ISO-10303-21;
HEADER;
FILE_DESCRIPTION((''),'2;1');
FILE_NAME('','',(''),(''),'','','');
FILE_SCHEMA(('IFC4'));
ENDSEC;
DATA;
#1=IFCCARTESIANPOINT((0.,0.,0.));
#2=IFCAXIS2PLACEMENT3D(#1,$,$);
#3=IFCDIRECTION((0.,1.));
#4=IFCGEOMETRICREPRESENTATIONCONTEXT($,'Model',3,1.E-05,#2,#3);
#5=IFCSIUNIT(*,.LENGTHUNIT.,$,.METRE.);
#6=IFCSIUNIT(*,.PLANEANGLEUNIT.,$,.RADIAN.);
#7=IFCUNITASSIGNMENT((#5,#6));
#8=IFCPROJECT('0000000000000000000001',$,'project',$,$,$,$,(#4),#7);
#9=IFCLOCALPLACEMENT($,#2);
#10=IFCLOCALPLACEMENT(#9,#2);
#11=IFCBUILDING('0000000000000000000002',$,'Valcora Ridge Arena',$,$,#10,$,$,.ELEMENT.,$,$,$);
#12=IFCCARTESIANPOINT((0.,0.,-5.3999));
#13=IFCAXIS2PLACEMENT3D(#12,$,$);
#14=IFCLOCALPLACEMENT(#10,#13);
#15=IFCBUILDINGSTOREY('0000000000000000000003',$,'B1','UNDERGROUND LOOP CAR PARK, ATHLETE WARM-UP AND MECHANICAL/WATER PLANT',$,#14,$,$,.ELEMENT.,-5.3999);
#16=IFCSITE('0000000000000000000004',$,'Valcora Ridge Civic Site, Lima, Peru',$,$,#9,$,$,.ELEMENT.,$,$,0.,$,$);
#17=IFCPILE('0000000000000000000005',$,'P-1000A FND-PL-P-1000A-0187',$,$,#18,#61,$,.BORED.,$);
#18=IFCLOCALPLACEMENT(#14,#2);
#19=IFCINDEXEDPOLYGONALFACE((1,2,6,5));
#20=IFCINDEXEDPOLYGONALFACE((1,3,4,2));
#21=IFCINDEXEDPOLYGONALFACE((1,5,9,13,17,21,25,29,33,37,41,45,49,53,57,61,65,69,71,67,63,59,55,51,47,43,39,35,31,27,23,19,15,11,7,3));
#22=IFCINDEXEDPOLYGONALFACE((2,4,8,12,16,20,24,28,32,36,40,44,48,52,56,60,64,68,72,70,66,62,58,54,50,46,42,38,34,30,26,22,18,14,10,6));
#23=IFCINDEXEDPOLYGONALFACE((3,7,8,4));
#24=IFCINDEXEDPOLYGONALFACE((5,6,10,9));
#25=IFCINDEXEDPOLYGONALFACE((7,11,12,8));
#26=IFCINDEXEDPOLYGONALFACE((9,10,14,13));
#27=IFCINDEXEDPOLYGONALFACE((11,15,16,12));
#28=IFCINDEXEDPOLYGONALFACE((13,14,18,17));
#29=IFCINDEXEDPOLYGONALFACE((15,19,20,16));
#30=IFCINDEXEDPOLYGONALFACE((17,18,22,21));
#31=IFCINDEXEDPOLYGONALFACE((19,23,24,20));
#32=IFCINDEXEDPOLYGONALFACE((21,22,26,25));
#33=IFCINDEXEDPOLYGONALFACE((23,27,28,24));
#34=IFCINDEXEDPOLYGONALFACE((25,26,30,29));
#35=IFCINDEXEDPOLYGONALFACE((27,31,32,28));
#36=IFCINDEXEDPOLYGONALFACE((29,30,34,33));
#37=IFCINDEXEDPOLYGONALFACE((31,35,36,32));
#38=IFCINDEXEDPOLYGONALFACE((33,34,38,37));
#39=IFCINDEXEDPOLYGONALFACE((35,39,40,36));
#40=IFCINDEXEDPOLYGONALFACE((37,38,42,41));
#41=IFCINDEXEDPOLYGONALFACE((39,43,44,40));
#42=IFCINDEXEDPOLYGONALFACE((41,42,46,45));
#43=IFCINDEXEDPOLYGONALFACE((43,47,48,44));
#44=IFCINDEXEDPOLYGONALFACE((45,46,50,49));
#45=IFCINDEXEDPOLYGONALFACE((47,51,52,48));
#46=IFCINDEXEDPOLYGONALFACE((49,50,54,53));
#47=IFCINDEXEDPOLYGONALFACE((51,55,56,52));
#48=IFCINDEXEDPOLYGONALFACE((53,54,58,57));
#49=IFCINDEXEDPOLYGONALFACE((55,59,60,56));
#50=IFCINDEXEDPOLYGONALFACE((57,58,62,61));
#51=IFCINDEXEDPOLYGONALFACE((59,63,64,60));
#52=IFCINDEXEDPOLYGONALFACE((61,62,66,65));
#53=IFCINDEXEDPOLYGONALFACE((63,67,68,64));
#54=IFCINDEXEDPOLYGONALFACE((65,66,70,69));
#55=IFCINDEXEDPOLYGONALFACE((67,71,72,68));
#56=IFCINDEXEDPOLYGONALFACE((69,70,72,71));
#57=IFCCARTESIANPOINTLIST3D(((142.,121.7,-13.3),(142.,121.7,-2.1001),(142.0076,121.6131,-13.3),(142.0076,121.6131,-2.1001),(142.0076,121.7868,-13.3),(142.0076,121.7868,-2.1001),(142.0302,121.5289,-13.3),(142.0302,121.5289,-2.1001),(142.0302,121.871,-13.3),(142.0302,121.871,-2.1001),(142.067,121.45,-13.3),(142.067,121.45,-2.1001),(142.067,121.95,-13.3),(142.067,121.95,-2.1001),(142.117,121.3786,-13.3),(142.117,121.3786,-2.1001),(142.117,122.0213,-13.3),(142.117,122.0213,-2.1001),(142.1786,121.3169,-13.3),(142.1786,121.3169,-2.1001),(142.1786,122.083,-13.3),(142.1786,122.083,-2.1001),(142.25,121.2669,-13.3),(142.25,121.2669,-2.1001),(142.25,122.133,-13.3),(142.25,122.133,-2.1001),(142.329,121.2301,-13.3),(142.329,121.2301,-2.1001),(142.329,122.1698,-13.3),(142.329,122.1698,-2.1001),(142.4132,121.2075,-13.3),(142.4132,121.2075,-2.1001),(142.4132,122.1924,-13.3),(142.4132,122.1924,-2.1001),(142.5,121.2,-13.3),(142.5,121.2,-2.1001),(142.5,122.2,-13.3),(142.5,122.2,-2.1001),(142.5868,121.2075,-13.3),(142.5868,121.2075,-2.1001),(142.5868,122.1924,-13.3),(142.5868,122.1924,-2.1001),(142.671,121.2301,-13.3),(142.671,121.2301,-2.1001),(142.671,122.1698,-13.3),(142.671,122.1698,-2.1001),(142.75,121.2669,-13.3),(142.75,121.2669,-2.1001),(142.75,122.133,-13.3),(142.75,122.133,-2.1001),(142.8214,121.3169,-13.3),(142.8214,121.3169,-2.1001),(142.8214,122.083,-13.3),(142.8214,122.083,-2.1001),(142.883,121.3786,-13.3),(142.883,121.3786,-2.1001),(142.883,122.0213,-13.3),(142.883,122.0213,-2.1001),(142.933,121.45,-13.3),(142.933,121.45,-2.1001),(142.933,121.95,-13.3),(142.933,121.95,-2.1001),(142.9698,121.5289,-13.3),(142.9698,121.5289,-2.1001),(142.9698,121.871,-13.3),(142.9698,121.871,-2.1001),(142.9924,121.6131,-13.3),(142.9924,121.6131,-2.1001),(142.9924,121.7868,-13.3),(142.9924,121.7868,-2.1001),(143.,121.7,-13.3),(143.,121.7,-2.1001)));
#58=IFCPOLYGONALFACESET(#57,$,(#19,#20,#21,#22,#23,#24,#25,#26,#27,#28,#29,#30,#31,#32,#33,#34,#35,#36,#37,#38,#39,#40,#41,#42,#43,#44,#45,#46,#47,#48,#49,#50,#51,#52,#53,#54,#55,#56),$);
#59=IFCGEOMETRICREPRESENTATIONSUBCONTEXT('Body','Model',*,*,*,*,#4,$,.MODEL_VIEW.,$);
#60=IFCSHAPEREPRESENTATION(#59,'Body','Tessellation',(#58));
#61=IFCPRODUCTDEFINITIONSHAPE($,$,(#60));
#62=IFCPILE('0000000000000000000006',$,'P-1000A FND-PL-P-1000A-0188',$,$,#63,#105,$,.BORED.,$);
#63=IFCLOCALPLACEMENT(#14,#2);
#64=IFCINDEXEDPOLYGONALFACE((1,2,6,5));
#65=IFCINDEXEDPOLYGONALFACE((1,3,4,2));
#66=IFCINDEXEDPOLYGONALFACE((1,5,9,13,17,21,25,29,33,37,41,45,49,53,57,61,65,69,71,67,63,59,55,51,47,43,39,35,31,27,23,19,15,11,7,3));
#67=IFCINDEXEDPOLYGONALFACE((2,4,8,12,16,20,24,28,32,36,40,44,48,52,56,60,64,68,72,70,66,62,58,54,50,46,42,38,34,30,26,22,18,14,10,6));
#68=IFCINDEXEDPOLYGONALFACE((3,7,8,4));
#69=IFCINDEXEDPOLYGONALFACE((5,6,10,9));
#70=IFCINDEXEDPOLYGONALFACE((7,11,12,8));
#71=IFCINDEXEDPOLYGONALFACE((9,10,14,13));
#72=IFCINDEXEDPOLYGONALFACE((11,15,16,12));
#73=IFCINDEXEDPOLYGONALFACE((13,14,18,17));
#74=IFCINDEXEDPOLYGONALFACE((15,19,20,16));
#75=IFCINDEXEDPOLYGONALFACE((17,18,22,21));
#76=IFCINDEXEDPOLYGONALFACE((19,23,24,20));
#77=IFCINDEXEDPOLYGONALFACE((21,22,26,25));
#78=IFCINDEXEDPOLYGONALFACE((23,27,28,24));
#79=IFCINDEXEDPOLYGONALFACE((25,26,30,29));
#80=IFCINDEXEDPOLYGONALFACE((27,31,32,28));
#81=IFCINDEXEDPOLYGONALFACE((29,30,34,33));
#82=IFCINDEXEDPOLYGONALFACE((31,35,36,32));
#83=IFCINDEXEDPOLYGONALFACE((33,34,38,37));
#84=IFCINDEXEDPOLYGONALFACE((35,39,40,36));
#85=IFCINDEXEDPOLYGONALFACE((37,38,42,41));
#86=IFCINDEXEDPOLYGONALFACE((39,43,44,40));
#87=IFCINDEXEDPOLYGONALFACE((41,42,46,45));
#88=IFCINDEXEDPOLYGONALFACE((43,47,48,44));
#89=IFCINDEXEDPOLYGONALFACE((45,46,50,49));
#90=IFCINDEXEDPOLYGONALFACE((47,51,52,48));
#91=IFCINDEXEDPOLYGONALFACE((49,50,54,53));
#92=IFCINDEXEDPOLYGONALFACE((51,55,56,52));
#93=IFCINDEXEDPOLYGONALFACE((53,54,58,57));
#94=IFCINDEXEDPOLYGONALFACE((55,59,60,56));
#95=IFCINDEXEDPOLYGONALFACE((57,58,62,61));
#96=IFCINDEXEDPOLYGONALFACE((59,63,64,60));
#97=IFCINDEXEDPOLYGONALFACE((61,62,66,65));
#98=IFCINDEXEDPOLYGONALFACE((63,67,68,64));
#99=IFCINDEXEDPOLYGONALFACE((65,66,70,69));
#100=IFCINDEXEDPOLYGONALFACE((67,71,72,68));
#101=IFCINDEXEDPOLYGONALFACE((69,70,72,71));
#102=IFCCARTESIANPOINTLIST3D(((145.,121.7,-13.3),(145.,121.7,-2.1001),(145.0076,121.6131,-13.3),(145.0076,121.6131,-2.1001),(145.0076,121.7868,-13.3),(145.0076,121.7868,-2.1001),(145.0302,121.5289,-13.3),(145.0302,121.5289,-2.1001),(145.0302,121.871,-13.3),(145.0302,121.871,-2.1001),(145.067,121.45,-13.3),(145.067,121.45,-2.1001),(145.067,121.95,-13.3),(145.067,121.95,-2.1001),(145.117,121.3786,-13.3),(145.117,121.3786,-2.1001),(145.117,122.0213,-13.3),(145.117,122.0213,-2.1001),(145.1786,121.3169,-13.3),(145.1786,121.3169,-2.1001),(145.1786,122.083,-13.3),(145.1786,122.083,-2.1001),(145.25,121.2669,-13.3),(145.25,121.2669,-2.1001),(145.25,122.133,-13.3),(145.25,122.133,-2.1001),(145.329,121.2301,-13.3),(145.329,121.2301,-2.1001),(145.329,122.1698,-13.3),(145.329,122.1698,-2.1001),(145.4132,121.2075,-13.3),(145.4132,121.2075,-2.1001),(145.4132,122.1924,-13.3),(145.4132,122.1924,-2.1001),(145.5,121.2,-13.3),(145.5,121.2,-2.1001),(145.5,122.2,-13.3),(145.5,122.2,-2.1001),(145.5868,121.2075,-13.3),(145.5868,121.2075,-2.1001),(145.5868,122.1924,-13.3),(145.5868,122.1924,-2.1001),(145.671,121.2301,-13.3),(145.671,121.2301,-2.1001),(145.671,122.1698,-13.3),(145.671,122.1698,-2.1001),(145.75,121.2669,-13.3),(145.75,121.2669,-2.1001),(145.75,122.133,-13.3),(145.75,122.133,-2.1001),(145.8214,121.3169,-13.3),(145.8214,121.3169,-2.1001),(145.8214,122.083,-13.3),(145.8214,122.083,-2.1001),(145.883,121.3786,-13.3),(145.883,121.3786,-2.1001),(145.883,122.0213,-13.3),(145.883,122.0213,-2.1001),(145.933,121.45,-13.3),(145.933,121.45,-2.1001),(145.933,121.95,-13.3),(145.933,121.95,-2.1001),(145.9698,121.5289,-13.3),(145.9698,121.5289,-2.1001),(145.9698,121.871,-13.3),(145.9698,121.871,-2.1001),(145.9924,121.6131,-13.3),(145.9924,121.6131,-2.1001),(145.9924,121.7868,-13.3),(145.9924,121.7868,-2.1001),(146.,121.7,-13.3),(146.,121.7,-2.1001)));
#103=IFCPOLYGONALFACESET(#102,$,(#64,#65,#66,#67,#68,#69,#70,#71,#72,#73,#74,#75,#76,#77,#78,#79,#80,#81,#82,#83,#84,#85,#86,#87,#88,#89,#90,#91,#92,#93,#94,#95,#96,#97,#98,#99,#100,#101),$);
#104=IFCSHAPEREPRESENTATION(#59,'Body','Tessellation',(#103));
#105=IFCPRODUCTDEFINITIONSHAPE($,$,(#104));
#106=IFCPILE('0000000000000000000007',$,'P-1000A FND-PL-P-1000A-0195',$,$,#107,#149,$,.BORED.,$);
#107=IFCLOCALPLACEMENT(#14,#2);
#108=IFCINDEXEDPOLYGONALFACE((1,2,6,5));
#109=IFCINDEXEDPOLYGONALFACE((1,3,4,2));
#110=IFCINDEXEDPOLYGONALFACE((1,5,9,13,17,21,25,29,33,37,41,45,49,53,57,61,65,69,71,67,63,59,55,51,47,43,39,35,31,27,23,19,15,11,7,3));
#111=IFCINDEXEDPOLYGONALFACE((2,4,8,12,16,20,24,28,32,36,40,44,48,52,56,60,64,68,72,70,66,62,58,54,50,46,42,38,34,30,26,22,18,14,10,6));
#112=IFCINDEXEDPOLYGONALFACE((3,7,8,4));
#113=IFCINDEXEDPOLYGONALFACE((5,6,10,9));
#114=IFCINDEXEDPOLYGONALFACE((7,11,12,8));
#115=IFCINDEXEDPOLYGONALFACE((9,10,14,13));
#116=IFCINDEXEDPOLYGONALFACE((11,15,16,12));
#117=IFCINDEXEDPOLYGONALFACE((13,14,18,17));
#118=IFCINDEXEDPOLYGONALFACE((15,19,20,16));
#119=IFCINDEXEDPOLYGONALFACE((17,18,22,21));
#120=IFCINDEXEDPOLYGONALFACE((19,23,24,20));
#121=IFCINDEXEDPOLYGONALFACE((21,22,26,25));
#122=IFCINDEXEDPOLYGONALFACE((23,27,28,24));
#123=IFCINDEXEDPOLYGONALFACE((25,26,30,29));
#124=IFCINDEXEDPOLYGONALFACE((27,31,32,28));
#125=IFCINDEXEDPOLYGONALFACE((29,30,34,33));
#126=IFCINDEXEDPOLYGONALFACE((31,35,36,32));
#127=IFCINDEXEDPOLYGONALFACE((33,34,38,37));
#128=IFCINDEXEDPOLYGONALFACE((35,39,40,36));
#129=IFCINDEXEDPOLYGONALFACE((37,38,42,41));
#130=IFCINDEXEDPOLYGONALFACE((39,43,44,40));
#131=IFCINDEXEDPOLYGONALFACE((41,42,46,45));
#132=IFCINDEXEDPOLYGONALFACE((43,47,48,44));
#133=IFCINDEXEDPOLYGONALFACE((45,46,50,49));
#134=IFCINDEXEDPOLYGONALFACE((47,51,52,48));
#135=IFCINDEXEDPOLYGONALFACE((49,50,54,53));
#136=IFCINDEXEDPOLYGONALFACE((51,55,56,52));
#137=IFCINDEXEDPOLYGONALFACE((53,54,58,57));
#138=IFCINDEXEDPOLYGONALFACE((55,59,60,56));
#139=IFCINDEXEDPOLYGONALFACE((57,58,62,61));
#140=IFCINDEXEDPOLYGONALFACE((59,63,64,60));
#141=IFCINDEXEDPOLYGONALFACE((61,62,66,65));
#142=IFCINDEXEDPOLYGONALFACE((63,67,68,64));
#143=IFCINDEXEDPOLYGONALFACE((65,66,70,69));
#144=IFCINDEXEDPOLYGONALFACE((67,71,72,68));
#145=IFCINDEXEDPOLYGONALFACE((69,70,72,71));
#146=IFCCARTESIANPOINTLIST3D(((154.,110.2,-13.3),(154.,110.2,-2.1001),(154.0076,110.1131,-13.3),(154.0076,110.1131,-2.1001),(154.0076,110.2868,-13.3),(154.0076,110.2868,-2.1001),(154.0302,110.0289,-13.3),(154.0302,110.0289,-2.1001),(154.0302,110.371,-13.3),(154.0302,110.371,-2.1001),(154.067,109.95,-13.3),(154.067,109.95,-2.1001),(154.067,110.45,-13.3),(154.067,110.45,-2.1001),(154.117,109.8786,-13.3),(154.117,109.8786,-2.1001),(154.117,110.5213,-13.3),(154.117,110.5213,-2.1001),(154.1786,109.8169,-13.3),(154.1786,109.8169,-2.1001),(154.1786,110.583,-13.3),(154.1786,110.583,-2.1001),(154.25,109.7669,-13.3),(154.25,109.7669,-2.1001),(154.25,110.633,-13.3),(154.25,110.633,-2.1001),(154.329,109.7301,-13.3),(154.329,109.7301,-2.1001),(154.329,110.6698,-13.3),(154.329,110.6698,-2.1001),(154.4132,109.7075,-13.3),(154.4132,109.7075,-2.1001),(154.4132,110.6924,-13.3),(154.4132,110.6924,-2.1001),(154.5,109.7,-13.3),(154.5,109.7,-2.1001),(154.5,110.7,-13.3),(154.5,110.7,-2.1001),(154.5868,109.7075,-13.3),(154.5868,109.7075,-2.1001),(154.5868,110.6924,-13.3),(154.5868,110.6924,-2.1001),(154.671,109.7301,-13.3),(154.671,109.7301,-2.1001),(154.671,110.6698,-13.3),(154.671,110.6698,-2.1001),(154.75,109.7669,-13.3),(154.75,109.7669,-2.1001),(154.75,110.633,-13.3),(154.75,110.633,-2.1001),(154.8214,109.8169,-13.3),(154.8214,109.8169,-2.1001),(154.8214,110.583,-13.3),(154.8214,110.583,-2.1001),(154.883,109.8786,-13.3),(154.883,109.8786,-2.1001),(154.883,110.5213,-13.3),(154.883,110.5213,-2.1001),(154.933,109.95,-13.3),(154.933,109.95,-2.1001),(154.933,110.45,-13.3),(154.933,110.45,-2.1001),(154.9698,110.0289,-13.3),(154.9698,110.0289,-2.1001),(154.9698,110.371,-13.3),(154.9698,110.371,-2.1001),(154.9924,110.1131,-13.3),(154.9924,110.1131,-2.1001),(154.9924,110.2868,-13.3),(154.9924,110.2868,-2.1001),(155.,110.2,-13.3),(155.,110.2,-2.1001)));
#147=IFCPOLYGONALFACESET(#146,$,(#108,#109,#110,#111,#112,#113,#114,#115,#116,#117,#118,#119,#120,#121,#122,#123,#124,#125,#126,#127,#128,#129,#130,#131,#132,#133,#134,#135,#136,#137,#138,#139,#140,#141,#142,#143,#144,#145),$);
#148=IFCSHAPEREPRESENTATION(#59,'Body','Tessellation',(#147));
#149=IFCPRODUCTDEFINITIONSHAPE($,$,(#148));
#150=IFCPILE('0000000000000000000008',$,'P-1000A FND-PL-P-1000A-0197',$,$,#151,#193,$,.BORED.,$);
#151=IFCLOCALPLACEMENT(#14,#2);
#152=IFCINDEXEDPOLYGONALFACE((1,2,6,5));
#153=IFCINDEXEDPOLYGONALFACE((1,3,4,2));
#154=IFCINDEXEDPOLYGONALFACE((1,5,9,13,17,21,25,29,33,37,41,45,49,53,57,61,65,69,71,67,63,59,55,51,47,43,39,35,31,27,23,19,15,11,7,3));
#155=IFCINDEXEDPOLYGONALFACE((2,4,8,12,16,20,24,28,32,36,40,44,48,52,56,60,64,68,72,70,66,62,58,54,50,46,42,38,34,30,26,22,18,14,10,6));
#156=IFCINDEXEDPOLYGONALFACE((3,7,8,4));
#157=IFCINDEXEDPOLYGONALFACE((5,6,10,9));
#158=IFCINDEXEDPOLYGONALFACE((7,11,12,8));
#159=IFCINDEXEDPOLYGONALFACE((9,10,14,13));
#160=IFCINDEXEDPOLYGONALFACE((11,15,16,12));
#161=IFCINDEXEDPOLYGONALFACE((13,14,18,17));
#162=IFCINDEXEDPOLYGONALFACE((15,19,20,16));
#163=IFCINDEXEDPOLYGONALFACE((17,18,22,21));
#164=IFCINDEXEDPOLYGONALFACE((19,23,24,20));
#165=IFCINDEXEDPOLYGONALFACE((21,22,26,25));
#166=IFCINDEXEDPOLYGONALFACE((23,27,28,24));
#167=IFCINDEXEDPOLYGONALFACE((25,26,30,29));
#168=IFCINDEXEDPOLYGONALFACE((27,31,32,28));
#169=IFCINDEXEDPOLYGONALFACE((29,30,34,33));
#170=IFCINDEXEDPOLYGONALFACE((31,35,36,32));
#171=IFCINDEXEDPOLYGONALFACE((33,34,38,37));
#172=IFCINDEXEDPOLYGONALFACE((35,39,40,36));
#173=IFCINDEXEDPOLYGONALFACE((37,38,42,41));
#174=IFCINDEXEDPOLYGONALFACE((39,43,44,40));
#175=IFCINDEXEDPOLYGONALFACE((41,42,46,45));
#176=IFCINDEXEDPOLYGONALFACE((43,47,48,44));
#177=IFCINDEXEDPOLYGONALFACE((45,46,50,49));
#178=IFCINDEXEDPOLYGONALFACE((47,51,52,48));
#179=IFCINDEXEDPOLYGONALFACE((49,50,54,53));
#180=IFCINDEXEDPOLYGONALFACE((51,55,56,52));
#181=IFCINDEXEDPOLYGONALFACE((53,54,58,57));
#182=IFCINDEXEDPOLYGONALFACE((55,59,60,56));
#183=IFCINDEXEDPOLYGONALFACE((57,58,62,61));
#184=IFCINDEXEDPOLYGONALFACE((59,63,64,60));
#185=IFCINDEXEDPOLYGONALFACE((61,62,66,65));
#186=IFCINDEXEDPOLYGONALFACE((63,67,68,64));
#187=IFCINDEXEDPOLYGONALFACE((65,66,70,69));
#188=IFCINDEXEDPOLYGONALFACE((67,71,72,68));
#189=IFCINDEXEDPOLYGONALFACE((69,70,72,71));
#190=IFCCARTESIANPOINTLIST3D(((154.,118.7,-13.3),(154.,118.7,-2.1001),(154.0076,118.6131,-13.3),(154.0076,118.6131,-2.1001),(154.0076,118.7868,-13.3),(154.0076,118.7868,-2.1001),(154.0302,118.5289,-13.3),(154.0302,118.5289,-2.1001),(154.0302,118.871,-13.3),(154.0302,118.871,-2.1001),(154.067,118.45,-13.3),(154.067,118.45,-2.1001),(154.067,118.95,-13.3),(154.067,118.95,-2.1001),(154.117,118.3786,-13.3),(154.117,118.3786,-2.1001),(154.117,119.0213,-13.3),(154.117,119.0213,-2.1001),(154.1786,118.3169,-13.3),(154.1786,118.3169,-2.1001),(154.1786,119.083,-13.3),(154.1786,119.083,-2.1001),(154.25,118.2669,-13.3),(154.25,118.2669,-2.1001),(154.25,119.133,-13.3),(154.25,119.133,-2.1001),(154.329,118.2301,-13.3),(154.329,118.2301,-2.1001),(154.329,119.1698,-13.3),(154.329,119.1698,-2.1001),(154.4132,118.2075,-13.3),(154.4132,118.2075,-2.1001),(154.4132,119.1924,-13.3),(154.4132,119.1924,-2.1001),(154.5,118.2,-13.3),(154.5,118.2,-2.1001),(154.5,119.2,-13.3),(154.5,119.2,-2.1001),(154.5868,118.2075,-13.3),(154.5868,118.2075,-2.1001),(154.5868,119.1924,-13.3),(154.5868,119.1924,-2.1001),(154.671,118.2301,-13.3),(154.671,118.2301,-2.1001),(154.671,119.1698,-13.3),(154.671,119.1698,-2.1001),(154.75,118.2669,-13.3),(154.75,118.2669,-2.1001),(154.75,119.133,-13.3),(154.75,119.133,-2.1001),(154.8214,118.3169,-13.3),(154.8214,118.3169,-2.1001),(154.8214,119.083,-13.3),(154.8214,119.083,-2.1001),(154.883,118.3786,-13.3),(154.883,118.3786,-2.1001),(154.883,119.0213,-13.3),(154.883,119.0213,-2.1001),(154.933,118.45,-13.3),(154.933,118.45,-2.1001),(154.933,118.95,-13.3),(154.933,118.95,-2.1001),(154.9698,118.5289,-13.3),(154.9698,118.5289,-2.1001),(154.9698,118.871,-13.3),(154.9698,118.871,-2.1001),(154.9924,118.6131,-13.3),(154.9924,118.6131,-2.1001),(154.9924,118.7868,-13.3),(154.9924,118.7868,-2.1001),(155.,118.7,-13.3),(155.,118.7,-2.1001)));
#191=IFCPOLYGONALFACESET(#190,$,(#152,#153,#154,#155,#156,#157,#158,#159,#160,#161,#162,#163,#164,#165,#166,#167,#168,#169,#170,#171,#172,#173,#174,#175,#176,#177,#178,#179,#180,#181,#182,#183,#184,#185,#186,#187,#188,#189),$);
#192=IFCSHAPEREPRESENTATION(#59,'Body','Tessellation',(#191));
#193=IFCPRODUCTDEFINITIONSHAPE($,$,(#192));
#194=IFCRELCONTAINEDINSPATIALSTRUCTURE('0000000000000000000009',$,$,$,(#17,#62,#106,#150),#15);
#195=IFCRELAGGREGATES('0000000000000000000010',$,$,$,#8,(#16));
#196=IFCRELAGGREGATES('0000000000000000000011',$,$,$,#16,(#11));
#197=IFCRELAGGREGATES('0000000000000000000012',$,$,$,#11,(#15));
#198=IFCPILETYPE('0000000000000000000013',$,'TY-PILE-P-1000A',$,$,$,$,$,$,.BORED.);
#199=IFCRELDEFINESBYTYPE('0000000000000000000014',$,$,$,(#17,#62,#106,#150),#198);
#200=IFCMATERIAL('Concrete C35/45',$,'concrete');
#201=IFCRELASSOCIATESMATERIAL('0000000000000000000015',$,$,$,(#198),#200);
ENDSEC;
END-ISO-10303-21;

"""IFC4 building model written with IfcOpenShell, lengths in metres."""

from ifc_helpers import new_model, si_unit, direction, frame, origin, origin_2d, place, context, subcontext, project, spatial, circle, extrude, material, material_profile, profile_set, type_object, element, save


model = new_model("IFC4")

# Units and contexts
model_context = context("Model", 3, precision=1e-05, world=origin(), true_north=direction((0.0, 1.0)))
body_context = subcontext(model_context, "Body", "Model", "MODEL_VIEW")
ifc_project = project(units=[si_unit("LENGTHUNIT", "METRE"), si_unit("PLANEANGLEUNIT", "RADIAN")], contexts=[model_context])

# Site, building, storey
site_placement = place(None, origin())
site = spatial("IfcSite", under=ifc_project, at=site_placement, Name="Valcora Ridge Civic Site, Lima, Peru", CompositionType="ELEMENT", RefElevation=0.0)
building_placement = place(site_placement, origin())
building = spatial("IfcBuilding", under=site, at=building_placement, Name="Valcora Ridge Arena", CompositionType="ELEMENT")
storey_placement = place(building_placement, frame((0.0, 0.0, -5.3999)))
storey = spatial("IfcBuildingStorey", under=building, at=storey_placement, Name="B1", Description="UNDERGROUND LOOP CAR PARK, ATHLETE WARM-UP AND MECHANICAL/WATER PLANT", CompositionType="ELEMENT", Elevation=-5.3999)

# Piles
ifc_material_1 = material(Name="Concrete C35/45", Category="concrete")
ifc_material_profile_1 = material_profile(ifc_material_1, circle(Radius=0.5, at=origin_2d()), Name="BORED PILE D1000")
ifc_profile_set_1 = profile_set([ifc_material_profile_1], Name="Concrete C35/45")
pile_type = type_object("IfcPileType", Name="TY-PILE-P-1000A", PredefinedType="BORED", material=ifc_profile_set_1)
for number, where, z_axis, x_axis, name in (
    (1, (142.5, 121.7, -2.1001), (0.0, 0.0, -1.0), (1.0, 0.0, 0.0), "P-1000A FND-PL-P-1000A-0187"),
    (2, (145.5, 121.7, -2.1001), (0.0, 0.0, -1.0), (1.0, 0.0, 0.0), "P-1000A FND-PL-P-1000A-0188"),
    (3, (154.5, 110.2, -2.1001), (0.0, 0.0, -1.0), (1.0, 0.0, 0.0), "P-1000A FND-PL-P-1000A-0195"),
    (4, (154.5, 118.7, -2.1001), (0.0, 0.0, -1.0), (1.0, 0.0, 0.0), "P-1000A FND-PL-P-1000A-0197"),
):
    element("IfcPile", number, at=place(storey_placement, frame(where, z_axis=z_axis, x_axis=x_axis)), inside=storey, type_object=pile_type, Name=name, PredefinedType="BORED", context=body_context, shape_type="SweptSolid", body=[
        extrude(circle(Radius=0.5, at=origin_2d()), origin(), (0.0, 0.0, 1.0), 11.2),
    ])

save(model, "model.ifc")
